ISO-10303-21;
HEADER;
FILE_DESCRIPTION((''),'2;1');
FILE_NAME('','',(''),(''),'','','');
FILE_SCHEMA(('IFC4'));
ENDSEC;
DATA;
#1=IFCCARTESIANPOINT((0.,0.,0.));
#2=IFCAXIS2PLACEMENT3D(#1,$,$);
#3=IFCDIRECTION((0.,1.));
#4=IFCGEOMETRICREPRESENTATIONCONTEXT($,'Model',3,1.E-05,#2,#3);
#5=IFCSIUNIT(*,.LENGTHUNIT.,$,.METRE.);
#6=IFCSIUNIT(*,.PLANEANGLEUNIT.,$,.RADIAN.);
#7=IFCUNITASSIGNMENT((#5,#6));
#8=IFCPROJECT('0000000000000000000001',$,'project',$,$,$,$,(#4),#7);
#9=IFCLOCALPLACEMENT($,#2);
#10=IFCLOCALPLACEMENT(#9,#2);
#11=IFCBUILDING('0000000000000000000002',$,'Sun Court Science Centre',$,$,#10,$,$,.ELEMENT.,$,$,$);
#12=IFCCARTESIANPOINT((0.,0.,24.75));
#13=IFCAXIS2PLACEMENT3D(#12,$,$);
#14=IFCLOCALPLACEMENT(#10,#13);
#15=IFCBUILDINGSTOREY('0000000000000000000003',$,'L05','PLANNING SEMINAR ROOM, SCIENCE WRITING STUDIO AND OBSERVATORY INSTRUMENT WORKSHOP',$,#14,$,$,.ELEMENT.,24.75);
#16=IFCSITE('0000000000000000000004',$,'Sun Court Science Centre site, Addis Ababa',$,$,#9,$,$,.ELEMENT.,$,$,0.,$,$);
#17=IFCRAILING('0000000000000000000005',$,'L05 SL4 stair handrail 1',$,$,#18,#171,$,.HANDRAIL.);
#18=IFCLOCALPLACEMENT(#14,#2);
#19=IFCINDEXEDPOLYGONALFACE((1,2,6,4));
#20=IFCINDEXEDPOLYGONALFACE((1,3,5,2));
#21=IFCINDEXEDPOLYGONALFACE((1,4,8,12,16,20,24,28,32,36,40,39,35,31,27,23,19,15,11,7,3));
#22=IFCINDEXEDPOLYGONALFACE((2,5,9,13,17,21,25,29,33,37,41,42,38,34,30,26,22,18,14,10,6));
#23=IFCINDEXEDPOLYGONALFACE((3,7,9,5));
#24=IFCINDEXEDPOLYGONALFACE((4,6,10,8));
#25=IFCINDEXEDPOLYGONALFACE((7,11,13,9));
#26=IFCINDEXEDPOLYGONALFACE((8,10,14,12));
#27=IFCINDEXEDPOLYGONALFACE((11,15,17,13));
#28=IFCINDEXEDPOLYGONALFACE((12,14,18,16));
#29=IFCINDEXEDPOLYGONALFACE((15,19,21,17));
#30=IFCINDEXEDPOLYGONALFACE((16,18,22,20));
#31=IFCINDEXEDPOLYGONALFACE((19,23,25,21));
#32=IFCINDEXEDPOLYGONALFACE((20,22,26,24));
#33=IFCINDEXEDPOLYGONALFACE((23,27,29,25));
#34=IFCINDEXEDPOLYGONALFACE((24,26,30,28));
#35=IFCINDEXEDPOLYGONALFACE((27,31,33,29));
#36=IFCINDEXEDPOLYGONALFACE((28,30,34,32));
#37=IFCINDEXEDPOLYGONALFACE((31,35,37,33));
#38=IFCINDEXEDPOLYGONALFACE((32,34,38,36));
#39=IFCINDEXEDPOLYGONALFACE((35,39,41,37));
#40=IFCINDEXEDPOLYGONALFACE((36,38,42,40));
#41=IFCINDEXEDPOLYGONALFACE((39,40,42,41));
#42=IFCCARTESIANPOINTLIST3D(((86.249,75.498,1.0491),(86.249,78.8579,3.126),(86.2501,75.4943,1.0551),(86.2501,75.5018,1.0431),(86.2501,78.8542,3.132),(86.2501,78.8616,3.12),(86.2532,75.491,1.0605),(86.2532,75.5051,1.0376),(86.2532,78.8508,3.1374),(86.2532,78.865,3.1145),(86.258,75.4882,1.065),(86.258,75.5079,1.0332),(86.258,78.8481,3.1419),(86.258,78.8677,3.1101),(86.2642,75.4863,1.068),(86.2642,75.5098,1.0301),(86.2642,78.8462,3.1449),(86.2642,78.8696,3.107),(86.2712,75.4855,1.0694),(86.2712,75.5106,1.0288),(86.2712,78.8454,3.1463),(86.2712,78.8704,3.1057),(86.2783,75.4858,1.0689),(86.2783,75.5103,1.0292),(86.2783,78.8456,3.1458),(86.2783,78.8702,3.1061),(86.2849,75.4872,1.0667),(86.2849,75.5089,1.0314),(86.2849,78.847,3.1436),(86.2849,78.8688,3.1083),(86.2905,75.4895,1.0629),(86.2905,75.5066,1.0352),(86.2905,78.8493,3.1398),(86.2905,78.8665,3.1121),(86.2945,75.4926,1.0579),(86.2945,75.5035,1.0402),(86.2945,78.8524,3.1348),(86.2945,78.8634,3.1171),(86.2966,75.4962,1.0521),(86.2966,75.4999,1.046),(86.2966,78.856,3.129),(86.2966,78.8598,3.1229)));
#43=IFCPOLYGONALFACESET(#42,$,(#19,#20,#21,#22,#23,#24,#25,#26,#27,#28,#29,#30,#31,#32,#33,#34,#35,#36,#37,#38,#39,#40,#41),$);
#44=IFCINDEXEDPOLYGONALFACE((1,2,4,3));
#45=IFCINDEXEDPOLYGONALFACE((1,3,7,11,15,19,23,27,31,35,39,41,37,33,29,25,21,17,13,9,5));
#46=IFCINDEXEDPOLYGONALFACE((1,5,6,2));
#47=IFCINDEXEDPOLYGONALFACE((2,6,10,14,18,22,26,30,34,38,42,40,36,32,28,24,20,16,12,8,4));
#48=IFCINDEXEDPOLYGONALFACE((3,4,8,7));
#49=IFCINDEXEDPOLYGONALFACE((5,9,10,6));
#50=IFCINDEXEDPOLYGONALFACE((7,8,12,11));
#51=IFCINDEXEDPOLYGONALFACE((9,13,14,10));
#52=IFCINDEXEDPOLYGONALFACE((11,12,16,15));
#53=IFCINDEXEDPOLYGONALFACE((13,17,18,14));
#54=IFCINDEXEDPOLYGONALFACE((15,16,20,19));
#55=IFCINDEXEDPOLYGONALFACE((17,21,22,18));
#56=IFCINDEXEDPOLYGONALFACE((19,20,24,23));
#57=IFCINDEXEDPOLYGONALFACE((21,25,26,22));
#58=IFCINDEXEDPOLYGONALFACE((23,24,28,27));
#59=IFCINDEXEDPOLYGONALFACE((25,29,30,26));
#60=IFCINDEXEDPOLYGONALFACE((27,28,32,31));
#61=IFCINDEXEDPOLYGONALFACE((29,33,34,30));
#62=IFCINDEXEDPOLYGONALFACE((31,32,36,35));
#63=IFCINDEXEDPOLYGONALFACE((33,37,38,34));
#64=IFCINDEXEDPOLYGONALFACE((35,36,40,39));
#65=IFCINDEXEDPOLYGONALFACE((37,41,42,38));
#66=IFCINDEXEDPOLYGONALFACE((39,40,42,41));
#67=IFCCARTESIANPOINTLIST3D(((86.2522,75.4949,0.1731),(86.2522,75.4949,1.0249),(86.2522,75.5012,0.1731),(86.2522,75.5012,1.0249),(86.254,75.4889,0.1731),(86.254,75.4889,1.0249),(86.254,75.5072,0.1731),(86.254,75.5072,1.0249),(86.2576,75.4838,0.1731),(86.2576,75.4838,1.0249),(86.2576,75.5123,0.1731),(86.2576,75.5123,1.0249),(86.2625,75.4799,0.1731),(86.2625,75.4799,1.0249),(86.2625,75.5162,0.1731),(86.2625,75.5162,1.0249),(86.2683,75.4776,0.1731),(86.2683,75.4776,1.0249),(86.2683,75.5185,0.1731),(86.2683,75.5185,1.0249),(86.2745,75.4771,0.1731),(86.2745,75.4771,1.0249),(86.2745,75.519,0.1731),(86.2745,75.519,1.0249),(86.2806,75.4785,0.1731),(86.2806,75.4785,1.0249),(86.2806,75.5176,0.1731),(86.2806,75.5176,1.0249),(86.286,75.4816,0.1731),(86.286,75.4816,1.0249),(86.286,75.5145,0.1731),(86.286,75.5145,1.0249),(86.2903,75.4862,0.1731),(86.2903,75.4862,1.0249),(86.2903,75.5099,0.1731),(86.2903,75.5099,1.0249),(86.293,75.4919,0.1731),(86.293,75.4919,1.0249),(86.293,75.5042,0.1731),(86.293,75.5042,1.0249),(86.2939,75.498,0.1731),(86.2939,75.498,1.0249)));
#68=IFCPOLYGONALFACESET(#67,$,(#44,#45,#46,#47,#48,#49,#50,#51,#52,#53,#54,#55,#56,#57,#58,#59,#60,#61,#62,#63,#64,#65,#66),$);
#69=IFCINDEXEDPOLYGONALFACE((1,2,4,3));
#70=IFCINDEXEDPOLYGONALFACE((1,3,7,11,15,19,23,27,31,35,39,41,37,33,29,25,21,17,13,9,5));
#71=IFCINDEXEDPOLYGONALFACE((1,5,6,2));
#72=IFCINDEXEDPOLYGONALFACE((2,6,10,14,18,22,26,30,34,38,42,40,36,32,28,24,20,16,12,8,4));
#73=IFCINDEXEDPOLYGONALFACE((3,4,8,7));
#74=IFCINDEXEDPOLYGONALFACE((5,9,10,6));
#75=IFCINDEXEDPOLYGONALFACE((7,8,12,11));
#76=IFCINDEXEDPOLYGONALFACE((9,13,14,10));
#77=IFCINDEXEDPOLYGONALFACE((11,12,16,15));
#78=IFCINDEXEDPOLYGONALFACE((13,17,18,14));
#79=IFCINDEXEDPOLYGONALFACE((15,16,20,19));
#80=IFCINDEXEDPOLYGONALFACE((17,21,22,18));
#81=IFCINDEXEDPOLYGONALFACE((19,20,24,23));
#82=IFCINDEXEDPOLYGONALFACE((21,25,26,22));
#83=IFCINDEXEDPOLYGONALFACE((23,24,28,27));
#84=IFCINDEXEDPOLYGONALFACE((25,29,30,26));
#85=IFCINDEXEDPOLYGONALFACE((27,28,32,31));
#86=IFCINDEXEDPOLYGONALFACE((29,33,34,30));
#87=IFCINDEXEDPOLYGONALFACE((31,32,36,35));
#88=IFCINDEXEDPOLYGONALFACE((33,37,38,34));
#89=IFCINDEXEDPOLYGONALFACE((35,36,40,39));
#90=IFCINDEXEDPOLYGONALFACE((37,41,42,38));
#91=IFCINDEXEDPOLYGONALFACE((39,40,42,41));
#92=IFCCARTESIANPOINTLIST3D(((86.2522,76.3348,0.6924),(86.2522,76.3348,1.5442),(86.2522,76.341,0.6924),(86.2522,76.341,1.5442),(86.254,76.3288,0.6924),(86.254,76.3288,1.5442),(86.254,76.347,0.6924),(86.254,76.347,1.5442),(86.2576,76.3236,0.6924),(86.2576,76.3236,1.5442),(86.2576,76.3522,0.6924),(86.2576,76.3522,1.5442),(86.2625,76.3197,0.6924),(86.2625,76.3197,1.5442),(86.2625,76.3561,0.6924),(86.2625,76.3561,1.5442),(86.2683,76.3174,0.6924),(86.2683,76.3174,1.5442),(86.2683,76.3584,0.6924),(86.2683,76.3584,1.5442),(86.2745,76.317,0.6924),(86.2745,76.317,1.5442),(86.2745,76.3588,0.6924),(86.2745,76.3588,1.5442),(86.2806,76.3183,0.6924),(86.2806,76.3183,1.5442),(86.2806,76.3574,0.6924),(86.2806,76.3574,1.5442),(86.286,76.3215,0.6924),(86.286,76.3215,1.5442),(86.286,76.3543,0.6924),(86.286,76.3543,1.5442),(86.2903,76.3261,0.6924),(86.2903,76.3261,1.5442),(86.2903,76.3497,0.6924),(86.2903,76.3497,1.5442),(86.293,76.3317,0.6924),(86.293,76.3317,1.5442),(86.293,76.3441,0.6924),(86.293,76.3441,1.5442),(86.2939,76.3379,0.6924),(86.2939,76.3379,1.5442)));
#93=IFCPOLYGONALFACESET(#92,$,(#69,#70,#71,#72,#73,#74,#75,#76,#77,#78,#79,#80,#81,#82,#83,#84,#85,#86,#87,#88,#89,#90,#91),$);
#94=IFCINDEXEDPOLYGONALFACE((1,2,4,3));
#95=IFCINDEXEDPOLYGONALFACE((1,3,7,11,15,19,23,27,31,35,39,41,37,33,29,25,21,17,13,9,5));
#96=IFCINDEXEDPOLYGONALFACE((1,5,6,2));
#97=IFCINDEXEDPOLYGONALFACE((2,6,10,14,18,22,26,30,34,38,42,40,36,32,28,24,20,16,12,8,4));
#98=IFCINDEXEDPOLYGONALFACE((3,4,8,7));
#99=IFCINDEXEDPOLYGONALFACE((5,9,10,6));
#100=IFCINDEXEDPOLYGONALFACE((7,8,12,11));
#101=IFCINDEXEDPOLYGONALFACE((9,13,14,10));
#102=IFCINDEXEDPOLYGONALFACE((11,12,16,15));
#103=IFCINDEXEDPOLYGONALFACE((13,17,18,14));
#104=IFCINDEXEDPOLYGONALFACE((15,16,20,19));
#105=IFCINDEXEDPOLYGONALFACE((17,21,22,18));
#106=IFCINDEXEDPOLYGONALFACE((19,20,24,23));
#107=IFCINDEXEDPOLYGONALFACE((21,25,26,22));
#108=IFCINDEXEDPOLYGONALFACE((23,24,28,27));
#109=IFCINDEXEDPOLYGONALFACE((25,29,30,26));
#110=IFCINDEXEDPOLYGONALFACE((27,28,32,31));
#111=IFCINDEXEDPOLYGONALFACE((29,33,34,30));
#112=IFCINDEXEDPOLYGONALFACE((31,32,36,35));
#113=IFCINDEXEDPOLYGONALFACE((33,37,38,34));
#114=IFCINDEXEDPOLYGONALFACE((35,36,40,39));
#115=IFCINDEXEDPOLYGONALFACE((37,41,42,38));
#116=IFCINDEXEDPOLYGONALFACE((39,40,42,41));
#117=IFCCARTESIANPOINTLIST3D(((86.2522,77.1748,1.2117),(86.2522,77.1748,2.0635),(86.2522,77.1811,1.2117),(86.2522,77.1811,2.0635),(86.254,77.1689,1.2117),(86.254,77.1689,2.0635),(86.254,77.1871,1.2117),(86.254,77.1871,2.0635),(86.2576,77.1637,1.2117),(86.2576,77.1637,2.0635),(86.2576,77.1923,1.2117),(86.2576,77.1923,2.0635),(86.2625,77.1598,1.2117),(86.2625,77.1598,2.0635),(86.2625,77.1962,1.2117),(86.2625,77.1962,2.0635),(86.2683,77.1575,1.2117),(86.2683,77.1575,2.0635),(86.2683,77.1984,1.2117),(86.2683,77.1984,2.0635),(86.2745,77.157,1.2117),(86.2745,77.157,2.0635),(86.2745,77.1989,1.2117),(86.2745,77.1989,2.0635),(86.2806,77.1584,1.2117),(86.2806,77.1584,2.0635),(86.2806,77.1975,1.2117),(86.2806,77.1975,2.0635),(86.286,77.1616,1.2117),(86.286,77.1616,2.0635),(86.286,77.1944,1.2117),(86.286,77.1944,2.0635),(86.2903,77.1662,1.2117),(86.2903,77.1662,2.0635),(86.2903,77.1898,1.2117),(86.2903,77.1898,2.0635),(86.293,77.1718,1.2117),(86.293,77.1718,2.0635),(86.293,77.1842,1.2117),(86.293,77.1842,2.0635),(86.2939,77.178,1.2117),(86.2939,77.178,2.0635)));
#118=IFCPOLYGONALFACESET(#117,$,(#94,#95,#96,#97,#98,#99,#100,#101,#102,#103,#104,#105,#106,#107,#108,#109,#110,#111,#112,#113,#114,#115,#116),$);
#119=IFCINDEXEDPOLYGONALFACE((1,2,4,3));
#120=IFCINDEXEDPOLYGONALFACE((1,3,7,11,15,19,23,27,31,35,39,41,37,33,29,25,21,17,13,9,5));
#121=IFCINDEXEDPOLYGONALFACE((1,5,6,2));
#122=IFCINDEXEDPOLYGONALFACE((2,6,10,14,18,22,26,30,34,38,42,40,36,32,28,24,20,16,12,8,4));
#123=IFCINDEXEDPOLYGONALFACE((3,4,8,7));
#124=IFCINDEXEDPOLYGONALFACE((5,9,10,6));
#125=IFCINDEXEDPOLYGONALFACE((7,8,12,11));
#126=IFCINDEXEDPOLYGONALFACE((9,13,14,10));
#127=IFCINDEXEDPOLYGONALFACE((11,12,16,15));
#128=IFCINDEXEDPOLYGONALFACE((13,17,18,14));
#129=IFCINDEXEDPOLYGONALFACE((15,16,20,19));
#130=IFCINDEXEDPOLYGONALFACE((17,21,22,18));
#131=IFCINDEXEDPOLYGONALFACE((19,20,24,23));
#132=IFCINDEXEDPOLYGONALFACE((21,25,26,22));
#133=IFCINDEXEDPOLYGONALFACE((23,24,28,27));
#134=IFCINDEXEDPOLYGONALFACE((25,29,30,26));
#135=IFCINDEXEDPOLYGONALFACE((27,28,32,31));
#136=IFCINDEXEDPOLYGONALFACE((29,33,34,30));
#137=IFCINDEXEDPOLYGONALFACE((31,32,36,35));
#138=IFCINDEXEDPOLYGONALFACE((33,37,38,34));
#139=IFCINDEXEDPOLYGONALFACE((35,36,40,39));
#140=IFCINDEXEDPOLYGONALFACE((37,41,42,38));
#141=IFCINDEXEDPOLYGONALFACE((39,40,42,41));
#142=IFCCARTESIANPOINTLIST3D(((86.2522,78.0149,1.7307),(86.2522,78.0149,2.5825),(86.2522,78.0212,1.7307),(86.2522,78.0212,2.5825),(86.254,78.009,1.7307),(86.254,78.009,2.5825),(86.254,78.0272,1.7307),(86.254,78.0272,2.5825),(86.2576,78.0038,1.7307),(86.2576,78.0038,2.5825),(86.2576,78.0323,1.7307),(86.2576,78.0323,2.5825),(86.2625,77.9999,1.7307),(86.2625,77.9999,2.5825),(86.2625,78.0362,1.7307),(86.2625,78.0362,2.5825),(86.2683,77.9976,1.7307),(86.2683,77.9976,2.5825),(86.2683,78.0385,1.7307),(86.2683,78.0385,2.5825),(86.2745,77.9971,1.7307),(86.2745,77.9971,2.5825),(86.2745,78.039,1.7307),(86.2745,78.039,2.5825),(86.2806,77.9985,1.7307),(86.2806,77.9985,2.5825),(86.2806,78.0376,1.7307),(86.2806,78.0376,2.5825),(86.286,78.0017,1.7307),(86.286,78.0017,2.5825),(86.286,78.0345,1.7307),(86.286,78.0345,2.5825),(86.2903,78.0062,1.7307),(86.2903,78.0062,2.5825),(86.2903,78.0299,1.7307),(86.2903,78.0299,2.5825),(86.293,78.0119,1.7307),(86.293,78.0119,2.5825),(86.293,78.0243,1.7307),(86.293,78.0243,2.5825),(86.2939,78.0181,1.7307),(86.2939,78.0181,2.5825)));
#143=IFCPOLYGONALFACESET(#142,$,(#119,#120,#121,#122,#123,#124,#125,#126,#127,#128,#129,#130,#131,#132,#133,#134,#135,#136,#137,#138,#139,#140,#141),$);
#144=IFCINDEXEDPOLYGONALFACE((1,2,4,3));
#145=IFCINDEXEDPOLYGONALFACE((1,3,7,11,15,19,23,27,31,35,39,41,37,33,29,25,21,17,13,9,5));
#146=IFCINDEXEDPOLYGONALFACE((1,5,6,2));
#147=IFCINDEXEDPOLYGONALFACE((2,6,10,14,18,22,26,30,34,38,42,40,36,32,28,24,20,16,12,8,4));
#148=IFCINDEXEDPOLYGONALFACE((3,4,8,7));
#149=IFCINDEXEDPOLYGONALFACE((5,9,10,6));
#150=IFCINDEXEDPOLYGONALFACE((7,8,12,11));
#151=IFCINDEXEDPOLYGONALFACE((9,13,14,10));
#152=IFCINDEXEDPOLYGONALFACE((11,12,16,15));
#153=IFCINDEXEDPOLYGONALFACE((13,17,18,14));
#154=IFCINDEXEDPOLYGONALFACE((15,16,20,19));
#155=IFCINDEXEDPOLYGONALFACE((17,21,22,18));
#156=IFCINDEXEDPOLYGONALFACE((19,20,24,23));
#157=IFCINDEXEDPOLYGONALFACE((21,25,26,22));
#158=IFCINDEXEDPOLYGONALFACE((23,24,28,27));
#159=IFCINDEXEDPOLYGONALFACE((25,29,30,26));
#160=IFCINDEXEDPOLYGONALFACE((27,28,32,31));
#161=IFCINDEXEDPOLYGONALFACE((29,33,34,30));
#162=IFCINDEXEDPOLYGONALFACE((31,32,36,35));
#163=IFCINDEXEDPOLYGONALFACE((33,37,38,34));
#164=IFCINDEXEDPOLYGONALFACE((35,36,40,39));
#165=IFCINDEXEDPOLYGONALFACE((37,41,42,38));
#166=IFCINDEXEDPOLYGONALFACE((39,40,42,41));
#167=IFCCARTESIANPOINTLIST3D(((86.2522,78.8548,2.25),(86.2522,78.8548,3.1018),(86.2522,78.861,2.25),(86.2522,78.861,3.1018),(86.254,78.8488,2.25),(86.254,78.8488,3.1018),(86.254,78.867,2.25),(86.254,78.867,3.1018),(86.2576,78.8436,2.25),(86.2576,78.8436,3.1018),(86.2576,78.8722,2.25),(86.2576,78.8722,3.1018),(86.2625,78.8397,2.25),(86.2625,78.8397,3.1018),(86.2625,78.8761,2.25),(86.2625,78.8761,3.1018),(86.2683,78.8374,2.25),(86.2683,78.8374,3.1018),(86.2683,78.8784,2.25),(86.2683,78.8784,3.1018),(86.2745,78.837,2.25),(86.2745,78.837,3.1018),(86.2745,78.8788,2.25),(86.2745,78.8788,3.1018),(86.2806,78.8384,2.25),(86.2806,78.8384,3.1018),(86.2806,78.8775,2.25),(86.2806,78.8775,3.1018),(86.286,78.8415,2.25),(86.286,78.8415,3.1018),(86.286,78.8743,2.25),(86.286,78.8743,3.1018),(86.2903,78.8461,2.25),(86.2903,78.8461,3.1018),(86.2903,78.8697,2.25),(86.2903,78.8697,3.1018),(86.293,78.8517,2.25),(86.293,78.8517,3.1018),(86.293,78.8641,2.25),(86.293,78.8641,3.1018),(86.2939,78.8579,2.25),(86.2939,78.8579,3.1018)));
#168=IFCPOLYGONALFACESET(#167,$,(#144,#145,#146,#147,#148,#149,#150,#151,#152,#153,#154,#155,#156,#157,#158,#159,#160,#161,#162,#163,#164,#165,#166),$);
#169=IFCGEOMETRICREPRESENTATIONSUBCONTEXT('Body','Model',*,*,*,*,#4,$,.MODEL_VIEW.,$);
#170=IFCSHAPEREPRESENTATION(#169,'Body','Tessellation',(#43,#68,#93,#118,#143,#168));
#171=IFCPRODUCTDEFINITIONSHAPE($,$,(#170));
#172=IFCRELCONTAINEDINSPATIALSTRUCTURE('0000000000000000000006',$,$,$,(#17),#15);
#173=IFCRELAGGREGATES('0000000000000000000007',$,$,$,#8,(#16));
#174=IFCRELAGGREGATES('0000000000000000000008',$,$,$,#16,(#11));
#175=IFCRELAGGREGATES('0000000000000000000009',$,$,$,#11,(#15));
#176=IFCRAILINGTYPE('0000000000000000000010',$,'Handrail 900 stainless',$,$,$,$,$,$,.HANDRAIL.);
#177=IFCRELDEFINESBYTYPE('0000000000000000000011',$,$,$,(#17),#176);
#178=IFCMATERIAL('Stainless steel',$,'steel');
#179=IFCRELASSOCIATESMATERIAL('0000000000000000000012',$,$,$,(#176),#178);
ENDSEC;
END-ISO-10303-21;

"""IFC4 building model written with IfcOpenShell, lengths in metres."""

from ifc_helpers import new_model, si_unit, direction, frame, origin, origin_2d, place, context, subcontext, project, spatial, circle, extrude, material, type_object, element, save


model = new_model("IFC4")

# Units and contexts
model_context = context("Model", 3, precision=1e-05, world=origin(), true_north=direction((0.0, 1.0)))
body_context = subcontext(model_context, "Body", "Model", "MODEL_VIEW")
ifc_project = project(units=[si_unit("LENGTHUNIT", "METRE"), si_unit("PLANEANGLEUNIT", "RADIAN")], contexts=[model_context])

# Site, building, storey
site_placement = place(None, origin())
site = spatial("IfcSite", under=ifc_project, at=site_placement, Name="Sun Court Science Centre site, Addis Ababa", CompositionType="ELEMENT", RefElevation=0.0)
building_placement = place(site_placement, origin())
building = spatial("IfcBuilding", under=site, at=building_placement, Name="Sun Court Science Centre", CompositionType="ELEMENT")
storey_placement = place(building_placement, frame((0.0, 0.0, 24.75)))
storey = spatial("IfcBuildingStorey", under=building, at=storey_placement, Name="L05", Description="PLANNING SEMINAR ROOM, SCIENCE WRITING STUDIO AND OBSERVATORY INSTRUMENT WORKSHOP", CompositionType="ELEMENT", Elevation=24.75)

# Railing
ifc_material_1 = material(Name="Stainless steel", Category="steel")
railing_type_1 = type_object("IfcRailingType", Name="Handrail 900 stainless", PredefinedType="HANDRAIL", material=ifc_material_1)
railing_1_placement = place(storey_placement, frame((86.2729, 75.498, 0.1731)))
element("IfcRailing", 1, at=railing_1_placement, inside=storey, type_object=railing_type_1, Name="L05 SL4 stair handrail 1", PredefinedType="HANDRAIL", context=body_context, shape_type="SweptSolid", body=[
    extrude(circle(Radius=0.0239, at=origin_2d()), frame((0.0, 0.0, 0.876), z_axis=(0.0, 0.850606, 0.525803), x_axis=(-1.0, 0.0, 0.0)), (0.0, 0.0, 1.0), 3.95),
    extrude(circle(Radius=0.021, at=origin_2d()), origin(), (0.0, 0.0, 1.0), 0.8518),
    extrude(circle(Radius=0.021, at=origin_2d()), frame((0.0, 0.8398, 0.5193)), (0.0, 0.0, 1.0), 0.8518),
    extrude(circle(Radius=0.021, at=origin_2d()), frame((0.0, 1.6799, 1.0386)), (0.0, 0.0, 1.0), 0.8518),
    extrude(circle(Radius=0.021, at=origin_2d()), frame((0.0, 2.52, 1.5576)), (0.0, 0.0, 1.0), 0.8518),
    extrude(circle(Radius=0.021, at=origin_2d()), frame((0.0, 3.3599, 2.0769)), (0.0, 0.0, 1.0), 0.8518),
])

save(model, "model.ifc")
